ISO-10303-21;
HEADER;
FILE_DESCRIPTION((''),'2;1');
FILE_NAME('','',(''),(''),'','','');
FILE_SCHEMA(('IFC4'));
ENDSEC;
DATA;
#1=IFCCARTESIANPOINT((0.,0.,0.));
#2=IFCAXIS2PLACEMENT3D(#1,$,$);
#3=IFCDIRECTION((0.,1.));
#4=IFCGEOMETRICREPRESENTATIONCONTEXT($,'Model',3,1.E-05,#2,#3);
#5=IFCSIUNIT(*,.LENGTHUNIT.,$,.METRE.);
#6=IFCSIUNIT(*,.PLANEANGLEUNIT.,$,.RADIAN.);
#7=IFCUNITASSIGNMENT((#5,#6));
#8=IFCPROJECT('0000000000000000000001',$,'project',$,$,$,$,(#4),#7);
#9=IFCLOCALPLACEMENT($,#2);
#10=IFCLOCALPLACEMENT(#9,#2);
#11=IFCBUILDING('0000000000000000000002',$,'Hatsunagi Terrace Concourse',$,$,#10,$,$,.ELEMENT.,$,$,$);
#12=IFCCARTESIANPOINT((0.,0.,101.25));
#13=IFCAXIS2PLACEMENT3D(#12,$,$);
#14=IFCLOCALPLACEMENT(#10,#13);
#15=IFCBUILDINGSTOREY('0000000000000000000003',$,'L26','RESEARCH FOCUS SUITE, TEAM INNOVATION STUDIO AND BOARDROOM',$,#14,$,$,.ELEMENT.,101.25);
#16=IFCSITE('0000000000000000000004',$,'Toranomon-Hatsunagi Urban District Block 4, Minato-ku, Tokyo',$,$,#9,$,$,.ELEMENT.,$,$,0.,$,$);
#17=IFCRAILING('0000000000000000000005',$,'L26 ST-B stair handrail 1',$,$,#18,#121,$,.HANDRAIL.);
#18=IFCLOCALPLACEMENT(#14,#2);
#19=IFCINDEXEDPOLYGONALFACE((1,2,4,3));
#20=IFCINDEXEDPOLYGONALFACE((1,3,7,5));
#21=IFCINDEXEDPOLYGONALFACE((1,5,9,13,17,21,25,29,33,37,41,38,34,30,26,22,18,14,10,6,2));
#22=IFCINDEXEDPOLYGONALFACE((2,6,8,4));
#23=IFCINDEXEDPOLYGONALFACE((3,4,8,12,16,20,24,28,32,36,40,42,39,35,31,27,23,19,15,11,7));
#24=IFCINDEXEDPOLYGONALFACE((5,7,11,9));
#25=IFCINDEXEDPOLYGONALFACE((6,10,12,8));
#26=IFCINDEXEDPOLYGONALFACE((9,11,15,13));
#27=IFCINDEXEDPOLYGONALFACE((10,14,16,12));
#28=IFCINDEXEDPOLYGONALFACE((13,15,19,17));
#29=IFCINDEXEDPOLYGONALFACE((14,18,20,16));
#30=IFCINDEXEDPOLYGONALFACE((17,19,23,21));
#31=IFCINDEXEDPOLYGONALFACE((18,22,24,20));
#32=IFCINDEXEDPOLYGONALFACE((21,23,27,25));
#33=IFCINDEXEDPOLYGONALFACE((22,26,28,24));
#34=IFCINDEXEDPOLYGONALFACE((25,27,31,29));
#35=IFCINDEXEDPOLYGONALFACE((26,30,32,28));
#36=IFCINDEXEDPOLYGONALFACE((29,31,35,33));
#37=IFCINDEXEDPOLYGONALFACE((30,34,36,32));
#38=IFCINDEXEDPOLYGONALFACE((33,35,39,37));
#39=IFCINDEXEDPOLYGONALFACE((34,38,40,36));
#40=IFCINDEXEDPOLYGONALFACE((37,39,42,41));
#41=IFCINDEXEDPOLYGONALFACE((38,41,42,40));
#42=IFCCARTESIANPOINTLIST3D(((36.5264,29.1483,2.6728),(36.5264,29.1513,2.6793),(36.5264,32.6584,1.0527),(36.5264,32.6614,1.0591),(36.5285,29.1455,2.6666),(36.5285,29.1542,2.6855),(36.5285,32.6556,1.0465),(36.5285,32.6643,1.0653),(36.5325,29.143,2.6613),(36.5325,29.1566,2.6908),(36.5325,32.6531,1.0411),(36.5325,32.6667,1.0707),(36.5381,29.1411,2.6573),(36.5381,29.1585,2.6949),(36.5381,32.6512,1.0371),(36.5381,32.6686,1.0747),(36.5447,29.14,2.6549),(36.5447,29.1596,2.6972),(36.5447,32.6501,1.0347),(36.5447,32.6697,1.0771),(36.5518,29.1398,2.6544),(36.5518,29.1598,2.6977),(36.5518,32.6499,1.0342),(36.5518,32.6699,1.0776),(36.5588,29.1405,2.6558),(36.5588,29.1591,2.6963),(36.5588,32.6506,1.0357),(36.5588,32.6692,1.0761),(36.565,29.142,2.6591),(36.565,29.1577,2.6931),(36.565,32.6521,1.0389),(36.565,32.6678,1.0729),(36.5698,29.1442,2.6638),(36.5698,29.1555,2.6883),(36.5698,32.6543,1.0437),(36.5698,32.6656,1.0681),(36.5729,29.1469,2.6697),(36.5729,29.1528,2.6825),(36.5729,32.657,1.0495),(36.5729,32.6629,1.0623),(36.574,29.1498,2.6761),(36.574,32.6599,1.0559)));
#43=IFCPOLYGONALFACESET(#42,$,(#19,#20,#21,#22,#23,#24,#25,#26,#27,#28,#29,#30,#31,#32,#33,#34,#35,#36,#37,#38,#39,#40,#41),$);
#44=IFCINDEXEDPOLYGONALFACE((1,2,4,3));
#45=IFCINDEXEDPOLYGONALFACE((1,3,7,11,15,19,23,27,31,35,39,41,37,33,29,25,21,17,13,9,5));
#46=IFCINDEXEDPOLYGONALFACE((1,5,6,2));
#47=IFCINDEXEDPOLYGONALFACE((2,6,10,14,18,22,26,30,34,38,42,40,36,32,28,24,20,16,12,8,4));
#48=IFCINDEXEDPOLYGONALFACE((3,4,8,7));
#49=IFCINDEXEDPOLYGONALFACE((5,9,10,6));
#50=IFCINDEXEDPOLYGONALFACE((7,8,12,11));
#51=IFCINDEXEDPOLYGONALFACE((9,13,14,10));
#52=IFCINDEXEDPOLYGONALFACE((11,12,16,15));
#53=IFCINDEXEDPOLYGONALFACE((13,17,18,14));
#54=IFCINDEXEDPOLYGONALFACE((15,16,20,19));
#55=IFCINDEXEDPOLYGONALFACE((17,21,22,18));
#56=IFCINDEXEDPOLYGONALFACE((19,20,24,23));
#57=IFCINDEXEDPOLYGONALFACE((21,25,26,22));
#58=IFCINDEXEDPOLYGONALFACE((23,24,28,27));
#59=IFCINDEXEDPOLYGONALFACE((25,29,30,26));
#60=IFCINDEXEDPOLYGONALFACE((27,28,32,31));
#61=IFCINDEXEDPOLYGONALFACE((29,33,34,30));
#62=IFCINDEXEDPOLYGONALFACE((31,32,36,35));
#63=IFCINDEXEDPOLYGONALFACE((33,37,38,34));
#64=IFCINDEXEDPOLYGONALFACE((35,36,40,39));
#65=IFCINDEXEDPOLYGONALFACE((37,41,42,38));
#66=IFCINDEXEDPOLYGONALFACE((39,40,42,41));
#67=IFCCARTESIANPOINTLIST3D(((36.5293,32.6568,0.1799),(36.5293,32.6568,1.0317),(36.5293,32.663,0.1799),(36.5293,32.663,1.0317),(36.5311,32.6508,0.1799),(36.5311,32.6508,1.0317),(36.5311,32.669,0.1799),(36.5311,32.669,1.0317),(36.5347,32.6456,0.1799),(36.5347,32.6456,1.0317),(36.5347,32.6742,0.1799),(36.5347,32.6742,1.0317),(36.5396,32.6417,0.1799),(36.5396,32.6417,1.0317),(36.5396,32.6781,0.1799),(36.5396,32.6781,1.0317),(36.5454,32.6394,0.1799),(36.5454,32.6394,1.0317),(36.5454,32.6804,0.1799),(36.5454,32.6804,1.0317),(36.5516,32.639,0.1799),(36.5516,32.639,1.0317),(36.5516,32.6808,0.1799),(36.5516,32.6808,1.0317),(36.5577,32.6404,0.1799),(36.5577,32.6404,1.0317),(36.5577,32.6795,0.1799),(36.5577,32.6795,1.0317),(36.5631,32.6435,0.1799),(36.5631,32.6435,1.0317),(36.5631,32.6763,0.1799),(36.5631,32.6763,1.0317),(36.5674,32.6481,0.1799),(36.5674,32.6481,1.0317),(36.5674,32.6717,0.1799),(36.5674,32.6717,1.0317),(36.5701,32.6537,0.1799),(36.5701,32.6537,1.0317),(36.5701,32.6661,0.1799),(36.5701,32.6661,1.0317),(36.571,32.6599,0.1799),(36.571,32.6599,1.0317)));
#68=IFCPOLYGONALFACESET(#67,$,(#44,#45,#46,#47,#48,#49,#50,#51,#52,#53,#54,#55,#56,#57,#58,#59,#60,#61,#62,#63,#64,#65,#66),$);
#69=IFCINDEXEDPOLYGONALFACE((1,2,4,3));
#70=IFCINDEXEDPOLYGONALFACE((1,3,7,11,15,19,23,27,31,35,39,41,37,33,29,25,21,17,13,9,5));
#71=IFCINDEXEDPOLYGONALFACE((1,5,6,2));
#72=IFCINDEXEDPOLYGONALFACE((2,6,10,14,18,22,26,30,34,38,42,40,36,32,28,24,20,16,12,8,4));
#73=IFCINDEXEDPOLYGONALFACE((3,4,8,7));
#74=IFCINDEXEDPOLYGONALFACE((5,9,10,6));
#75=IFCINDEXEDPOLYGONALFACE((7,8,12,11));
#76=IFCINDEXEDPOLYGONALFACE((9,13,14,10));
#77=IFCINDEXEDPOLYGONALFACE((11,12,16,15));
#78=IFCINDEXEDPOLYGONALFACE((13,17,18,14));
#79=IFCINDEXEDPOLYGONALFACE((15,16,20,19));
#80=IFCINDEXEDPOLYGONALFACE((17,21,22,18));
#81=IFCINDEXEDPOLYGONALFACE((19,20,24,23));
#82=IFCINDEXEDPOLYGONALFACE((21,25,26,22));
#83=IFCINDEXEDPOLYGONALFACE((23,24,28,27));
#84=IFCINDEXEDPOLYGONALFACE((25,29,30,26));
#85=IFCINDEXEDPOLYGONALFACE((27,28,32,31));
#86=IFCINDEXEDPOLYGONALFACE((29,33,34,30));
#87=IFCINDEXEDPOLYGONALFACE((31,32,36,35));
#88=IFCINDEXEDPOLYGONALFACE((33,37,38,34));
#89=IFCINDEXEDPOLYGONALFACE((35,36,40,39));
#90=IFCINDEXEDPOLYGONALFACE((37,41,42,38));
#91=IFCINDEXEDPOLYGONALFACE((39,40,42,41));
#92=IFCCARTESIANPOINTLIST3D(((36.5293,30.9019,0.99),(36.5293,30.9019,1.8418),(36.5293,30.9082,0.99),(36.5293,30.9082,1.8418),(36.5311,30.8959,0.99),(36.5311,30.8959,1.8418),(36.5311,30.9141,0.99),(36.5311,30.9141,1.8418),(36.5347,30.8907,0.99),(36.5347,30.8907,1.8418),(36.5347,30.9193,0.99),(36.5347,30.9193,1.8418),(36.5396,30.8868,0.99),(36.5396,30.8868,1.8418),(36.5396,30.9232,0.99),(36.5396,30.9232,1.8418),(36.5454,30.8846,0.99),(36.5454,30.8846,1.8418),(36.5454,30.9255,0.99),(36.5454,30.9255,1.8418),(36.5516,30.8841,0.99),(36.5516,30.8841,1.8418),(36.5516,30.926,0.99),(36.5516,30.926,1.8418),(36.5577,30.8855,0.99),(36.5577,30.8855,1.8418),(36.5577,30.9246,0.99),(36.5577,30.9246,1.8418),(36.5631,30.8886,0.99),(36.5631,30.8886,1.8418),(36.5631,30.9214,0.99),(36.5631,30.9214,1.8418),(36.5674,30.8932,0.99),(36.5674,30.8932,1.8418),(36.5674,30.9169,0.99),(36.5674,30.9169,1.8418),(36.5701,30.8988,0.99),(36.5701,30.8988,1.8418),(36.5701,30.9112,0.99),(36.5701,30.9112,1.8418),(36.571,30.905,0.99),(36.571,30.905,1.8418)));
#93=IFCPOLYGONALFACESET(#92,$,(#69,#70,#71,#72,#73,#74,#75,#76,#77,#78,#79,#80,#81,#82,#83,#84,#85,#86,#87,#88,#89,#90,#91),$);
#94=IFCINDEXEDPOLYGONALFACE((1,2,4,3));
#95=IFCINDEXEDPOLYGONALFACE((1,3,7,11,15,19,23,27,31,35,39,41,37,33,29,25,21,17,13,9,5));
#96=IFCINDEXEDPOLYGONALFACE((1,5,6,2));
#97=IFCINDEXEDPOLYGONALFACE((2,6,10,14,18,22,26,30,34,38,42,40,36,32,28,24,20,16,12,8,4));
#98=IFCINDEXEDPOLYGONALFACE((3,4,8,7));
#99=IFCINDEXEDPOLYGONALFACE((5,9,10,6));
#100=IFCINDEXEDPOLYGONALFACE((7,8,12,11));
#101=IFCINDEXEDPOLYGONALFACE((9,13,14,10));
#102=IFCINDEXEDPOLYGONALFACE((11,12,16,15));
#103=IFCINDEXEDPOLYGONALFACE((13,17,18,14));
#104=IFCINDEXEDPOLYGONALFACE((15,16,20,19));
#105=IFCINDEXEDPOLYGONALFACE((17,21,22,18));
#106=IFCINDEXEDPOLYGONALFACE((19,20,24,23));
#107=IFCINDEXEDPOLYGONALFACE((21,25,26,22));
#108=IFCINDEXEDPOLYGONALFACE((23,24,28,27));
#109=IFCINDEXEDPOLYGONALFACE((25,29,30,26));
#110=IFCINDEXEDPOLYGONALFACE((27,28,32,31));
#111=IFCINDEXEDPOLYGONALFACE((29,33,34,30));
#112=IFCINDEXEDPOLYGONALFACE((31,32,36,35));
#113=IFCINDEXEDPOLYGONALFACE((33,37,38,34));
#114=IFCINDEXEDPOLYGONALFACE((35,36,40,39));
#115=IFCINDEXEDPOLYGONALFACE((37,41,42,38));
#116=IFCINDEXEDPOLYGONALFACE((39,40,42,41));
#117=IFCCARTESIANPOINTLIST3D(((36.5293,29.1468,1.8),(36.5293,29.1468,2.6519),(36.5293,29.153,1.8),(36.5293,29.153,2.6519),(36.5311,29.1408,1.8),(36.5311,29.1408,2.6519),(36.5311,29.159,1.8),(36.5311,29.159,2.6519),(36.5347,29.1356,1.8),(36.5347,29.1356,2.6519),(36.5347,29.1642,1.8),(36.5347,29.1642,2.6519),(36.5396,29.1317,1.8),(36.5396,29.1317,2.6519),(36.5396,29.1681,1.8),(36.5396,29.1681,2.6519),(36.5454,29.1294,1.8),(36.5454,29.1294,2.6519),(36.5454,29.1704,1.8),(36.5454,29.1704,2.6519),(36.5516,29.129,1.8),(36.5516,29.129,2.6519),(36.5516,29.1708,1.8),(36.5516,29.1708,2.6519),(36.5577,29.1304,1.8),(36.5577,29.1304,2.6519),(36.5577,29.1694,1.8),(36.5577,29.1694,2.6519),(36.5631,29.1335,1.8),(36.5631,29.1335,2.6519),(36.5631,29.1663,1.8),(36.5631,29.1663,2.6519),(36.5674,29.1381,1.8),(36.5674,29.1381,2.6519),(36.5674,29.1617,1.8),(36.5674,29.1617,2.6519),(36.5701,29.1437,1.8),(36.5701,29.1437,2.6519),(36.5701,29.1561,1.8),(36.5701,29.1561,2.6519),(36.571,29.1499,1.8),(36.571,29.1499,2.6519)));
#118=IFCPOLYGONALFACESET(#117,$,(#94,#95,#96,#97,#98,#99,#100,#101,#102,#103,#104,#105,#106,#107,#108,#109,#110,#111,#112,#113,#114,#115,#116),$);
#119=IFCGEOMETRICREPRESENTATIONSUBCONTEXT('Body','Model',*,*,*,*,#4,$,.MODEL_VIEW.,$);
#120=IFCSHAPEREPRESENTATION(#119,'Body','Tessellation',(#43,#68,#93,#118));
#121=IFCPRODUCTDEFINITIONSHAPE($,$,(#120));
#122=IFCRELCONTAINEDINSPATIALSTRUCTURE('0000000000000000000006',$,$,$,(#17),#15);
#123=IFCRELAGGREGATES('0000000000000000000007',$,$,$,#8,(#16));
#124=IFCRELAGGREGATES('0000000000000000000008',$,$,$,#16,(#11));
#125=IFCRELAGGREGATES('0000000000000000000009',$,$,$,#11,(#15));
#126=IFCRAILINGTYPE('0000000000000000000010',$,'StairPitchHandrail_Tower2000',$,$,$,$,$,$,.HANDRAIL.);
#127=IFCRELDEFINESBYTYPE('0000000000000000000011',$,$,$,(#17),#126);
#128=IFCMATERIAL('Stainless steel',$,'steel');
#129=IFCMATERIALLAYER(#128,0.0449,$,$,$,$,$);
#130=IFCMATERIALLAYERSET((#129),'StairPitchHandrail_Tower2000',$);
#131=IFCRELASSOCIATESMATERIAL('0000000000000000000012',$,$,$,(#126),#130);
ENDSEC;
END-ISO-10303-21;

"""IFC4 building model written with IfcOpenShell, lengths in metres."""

from ifc_helpers import new_model, si_unit, direction, frame, origin, origin_2d, place, context, subcontext, project, spatial, circle, extrude, material, layer, layer_set, type_object, element, save


model = new_model("IFC4")

# Units and contexts
model_context = context("Model", 3, precision=1e-05, world=origin(), true_north=direction((0.0, 1.0)))
body_context = subcontext(model_context, "Body", "Model", "MODEL_VIEW")
ifc_project = project(units=[si_unit("LENGTHUNIT", "METRE"), si_unit("PLANEANGLEUNIT", "RADIAN")], contexts=[model_context])

# Site, building, storey
site_placement = place(None, origin())
site = spatial("IfcSite", under=ifc_project, at=site_placement, Name="Toranomon-Hatsunagi Urban District Block 4, Minato-ku, Tokyo", CompositionType="ELEMENT", RefElevation=0.0)
building_placement = place(site_placement, origin())
building = spatial("IfcBuilding", under=site, at=building_placement, Name="Hatsunagi Terrace Concourse", CompositionType="ELEMENT")
storey_placement = place(building_placement, frame((0.0, 0.0, 101.25)))
storey = spatial("IfcBuildingStorey", under=building, at=storey_placement, Name="L26", Description="RESEARCH FOCUS SUITE, TEAM INNOVATION STUDIO AND BOARDROOM", CompositionType="ELEMENT", Elevation=101.25)

# Railing
ifc_material_1 = material(Name="Stainless steel", Category="steel")
ifc_layer_1 = layer(ifc_material_1, 0.0449)
ifc_layer_set_1 = layer_set([ifc_layer_1], Name="StairPitchHandrail_Tower2000")
railing_type_1 = type_object("IfcRailingType", Name="StairPitchHandrail_Tower2000", PredefinedType="HANDRAIL", material=ifc_layer_set_1)
railing_1_placement = place(storey_placement, frame((36.55, 32.6599, 0.1799)))
element("IfcRailing", 1, at=railing_1_placement, inside=storey, type_object=railing_type_1, Name="L26 ST-B stair handrail 1", PredefinedType="HANDRAIL", context=body_context, shape_type="SweptSolid", body=[
    extrude(circle(Radius=0.0239, at=origin_2d()), frame((0.0, 0.0, 0.876), z_axis=(0.0, -0.907948, 0.419082), x_axis=(1.0, 0.0, 0.0)), (0.0, 0.0, 1.0), 3.866),
    extrude(circle(Radius=0.021, at=origin_2d()), origin(), (0.0, 0.0, 1.0), 0.8518),
    extrude(circle(Radius=0.021, at=origin_2d()), frame((0.0, -1.7549, 0.8101)), (0.0, 0.0, 1.0), 0.8518),
    extrude(circle(Radius=0.021, at=origin_2d()), frame((0.0, -3.51, 1.6201)), (0.0, 0.0, 1.0), 0.8518),
])

save(model, "model.ifc")
